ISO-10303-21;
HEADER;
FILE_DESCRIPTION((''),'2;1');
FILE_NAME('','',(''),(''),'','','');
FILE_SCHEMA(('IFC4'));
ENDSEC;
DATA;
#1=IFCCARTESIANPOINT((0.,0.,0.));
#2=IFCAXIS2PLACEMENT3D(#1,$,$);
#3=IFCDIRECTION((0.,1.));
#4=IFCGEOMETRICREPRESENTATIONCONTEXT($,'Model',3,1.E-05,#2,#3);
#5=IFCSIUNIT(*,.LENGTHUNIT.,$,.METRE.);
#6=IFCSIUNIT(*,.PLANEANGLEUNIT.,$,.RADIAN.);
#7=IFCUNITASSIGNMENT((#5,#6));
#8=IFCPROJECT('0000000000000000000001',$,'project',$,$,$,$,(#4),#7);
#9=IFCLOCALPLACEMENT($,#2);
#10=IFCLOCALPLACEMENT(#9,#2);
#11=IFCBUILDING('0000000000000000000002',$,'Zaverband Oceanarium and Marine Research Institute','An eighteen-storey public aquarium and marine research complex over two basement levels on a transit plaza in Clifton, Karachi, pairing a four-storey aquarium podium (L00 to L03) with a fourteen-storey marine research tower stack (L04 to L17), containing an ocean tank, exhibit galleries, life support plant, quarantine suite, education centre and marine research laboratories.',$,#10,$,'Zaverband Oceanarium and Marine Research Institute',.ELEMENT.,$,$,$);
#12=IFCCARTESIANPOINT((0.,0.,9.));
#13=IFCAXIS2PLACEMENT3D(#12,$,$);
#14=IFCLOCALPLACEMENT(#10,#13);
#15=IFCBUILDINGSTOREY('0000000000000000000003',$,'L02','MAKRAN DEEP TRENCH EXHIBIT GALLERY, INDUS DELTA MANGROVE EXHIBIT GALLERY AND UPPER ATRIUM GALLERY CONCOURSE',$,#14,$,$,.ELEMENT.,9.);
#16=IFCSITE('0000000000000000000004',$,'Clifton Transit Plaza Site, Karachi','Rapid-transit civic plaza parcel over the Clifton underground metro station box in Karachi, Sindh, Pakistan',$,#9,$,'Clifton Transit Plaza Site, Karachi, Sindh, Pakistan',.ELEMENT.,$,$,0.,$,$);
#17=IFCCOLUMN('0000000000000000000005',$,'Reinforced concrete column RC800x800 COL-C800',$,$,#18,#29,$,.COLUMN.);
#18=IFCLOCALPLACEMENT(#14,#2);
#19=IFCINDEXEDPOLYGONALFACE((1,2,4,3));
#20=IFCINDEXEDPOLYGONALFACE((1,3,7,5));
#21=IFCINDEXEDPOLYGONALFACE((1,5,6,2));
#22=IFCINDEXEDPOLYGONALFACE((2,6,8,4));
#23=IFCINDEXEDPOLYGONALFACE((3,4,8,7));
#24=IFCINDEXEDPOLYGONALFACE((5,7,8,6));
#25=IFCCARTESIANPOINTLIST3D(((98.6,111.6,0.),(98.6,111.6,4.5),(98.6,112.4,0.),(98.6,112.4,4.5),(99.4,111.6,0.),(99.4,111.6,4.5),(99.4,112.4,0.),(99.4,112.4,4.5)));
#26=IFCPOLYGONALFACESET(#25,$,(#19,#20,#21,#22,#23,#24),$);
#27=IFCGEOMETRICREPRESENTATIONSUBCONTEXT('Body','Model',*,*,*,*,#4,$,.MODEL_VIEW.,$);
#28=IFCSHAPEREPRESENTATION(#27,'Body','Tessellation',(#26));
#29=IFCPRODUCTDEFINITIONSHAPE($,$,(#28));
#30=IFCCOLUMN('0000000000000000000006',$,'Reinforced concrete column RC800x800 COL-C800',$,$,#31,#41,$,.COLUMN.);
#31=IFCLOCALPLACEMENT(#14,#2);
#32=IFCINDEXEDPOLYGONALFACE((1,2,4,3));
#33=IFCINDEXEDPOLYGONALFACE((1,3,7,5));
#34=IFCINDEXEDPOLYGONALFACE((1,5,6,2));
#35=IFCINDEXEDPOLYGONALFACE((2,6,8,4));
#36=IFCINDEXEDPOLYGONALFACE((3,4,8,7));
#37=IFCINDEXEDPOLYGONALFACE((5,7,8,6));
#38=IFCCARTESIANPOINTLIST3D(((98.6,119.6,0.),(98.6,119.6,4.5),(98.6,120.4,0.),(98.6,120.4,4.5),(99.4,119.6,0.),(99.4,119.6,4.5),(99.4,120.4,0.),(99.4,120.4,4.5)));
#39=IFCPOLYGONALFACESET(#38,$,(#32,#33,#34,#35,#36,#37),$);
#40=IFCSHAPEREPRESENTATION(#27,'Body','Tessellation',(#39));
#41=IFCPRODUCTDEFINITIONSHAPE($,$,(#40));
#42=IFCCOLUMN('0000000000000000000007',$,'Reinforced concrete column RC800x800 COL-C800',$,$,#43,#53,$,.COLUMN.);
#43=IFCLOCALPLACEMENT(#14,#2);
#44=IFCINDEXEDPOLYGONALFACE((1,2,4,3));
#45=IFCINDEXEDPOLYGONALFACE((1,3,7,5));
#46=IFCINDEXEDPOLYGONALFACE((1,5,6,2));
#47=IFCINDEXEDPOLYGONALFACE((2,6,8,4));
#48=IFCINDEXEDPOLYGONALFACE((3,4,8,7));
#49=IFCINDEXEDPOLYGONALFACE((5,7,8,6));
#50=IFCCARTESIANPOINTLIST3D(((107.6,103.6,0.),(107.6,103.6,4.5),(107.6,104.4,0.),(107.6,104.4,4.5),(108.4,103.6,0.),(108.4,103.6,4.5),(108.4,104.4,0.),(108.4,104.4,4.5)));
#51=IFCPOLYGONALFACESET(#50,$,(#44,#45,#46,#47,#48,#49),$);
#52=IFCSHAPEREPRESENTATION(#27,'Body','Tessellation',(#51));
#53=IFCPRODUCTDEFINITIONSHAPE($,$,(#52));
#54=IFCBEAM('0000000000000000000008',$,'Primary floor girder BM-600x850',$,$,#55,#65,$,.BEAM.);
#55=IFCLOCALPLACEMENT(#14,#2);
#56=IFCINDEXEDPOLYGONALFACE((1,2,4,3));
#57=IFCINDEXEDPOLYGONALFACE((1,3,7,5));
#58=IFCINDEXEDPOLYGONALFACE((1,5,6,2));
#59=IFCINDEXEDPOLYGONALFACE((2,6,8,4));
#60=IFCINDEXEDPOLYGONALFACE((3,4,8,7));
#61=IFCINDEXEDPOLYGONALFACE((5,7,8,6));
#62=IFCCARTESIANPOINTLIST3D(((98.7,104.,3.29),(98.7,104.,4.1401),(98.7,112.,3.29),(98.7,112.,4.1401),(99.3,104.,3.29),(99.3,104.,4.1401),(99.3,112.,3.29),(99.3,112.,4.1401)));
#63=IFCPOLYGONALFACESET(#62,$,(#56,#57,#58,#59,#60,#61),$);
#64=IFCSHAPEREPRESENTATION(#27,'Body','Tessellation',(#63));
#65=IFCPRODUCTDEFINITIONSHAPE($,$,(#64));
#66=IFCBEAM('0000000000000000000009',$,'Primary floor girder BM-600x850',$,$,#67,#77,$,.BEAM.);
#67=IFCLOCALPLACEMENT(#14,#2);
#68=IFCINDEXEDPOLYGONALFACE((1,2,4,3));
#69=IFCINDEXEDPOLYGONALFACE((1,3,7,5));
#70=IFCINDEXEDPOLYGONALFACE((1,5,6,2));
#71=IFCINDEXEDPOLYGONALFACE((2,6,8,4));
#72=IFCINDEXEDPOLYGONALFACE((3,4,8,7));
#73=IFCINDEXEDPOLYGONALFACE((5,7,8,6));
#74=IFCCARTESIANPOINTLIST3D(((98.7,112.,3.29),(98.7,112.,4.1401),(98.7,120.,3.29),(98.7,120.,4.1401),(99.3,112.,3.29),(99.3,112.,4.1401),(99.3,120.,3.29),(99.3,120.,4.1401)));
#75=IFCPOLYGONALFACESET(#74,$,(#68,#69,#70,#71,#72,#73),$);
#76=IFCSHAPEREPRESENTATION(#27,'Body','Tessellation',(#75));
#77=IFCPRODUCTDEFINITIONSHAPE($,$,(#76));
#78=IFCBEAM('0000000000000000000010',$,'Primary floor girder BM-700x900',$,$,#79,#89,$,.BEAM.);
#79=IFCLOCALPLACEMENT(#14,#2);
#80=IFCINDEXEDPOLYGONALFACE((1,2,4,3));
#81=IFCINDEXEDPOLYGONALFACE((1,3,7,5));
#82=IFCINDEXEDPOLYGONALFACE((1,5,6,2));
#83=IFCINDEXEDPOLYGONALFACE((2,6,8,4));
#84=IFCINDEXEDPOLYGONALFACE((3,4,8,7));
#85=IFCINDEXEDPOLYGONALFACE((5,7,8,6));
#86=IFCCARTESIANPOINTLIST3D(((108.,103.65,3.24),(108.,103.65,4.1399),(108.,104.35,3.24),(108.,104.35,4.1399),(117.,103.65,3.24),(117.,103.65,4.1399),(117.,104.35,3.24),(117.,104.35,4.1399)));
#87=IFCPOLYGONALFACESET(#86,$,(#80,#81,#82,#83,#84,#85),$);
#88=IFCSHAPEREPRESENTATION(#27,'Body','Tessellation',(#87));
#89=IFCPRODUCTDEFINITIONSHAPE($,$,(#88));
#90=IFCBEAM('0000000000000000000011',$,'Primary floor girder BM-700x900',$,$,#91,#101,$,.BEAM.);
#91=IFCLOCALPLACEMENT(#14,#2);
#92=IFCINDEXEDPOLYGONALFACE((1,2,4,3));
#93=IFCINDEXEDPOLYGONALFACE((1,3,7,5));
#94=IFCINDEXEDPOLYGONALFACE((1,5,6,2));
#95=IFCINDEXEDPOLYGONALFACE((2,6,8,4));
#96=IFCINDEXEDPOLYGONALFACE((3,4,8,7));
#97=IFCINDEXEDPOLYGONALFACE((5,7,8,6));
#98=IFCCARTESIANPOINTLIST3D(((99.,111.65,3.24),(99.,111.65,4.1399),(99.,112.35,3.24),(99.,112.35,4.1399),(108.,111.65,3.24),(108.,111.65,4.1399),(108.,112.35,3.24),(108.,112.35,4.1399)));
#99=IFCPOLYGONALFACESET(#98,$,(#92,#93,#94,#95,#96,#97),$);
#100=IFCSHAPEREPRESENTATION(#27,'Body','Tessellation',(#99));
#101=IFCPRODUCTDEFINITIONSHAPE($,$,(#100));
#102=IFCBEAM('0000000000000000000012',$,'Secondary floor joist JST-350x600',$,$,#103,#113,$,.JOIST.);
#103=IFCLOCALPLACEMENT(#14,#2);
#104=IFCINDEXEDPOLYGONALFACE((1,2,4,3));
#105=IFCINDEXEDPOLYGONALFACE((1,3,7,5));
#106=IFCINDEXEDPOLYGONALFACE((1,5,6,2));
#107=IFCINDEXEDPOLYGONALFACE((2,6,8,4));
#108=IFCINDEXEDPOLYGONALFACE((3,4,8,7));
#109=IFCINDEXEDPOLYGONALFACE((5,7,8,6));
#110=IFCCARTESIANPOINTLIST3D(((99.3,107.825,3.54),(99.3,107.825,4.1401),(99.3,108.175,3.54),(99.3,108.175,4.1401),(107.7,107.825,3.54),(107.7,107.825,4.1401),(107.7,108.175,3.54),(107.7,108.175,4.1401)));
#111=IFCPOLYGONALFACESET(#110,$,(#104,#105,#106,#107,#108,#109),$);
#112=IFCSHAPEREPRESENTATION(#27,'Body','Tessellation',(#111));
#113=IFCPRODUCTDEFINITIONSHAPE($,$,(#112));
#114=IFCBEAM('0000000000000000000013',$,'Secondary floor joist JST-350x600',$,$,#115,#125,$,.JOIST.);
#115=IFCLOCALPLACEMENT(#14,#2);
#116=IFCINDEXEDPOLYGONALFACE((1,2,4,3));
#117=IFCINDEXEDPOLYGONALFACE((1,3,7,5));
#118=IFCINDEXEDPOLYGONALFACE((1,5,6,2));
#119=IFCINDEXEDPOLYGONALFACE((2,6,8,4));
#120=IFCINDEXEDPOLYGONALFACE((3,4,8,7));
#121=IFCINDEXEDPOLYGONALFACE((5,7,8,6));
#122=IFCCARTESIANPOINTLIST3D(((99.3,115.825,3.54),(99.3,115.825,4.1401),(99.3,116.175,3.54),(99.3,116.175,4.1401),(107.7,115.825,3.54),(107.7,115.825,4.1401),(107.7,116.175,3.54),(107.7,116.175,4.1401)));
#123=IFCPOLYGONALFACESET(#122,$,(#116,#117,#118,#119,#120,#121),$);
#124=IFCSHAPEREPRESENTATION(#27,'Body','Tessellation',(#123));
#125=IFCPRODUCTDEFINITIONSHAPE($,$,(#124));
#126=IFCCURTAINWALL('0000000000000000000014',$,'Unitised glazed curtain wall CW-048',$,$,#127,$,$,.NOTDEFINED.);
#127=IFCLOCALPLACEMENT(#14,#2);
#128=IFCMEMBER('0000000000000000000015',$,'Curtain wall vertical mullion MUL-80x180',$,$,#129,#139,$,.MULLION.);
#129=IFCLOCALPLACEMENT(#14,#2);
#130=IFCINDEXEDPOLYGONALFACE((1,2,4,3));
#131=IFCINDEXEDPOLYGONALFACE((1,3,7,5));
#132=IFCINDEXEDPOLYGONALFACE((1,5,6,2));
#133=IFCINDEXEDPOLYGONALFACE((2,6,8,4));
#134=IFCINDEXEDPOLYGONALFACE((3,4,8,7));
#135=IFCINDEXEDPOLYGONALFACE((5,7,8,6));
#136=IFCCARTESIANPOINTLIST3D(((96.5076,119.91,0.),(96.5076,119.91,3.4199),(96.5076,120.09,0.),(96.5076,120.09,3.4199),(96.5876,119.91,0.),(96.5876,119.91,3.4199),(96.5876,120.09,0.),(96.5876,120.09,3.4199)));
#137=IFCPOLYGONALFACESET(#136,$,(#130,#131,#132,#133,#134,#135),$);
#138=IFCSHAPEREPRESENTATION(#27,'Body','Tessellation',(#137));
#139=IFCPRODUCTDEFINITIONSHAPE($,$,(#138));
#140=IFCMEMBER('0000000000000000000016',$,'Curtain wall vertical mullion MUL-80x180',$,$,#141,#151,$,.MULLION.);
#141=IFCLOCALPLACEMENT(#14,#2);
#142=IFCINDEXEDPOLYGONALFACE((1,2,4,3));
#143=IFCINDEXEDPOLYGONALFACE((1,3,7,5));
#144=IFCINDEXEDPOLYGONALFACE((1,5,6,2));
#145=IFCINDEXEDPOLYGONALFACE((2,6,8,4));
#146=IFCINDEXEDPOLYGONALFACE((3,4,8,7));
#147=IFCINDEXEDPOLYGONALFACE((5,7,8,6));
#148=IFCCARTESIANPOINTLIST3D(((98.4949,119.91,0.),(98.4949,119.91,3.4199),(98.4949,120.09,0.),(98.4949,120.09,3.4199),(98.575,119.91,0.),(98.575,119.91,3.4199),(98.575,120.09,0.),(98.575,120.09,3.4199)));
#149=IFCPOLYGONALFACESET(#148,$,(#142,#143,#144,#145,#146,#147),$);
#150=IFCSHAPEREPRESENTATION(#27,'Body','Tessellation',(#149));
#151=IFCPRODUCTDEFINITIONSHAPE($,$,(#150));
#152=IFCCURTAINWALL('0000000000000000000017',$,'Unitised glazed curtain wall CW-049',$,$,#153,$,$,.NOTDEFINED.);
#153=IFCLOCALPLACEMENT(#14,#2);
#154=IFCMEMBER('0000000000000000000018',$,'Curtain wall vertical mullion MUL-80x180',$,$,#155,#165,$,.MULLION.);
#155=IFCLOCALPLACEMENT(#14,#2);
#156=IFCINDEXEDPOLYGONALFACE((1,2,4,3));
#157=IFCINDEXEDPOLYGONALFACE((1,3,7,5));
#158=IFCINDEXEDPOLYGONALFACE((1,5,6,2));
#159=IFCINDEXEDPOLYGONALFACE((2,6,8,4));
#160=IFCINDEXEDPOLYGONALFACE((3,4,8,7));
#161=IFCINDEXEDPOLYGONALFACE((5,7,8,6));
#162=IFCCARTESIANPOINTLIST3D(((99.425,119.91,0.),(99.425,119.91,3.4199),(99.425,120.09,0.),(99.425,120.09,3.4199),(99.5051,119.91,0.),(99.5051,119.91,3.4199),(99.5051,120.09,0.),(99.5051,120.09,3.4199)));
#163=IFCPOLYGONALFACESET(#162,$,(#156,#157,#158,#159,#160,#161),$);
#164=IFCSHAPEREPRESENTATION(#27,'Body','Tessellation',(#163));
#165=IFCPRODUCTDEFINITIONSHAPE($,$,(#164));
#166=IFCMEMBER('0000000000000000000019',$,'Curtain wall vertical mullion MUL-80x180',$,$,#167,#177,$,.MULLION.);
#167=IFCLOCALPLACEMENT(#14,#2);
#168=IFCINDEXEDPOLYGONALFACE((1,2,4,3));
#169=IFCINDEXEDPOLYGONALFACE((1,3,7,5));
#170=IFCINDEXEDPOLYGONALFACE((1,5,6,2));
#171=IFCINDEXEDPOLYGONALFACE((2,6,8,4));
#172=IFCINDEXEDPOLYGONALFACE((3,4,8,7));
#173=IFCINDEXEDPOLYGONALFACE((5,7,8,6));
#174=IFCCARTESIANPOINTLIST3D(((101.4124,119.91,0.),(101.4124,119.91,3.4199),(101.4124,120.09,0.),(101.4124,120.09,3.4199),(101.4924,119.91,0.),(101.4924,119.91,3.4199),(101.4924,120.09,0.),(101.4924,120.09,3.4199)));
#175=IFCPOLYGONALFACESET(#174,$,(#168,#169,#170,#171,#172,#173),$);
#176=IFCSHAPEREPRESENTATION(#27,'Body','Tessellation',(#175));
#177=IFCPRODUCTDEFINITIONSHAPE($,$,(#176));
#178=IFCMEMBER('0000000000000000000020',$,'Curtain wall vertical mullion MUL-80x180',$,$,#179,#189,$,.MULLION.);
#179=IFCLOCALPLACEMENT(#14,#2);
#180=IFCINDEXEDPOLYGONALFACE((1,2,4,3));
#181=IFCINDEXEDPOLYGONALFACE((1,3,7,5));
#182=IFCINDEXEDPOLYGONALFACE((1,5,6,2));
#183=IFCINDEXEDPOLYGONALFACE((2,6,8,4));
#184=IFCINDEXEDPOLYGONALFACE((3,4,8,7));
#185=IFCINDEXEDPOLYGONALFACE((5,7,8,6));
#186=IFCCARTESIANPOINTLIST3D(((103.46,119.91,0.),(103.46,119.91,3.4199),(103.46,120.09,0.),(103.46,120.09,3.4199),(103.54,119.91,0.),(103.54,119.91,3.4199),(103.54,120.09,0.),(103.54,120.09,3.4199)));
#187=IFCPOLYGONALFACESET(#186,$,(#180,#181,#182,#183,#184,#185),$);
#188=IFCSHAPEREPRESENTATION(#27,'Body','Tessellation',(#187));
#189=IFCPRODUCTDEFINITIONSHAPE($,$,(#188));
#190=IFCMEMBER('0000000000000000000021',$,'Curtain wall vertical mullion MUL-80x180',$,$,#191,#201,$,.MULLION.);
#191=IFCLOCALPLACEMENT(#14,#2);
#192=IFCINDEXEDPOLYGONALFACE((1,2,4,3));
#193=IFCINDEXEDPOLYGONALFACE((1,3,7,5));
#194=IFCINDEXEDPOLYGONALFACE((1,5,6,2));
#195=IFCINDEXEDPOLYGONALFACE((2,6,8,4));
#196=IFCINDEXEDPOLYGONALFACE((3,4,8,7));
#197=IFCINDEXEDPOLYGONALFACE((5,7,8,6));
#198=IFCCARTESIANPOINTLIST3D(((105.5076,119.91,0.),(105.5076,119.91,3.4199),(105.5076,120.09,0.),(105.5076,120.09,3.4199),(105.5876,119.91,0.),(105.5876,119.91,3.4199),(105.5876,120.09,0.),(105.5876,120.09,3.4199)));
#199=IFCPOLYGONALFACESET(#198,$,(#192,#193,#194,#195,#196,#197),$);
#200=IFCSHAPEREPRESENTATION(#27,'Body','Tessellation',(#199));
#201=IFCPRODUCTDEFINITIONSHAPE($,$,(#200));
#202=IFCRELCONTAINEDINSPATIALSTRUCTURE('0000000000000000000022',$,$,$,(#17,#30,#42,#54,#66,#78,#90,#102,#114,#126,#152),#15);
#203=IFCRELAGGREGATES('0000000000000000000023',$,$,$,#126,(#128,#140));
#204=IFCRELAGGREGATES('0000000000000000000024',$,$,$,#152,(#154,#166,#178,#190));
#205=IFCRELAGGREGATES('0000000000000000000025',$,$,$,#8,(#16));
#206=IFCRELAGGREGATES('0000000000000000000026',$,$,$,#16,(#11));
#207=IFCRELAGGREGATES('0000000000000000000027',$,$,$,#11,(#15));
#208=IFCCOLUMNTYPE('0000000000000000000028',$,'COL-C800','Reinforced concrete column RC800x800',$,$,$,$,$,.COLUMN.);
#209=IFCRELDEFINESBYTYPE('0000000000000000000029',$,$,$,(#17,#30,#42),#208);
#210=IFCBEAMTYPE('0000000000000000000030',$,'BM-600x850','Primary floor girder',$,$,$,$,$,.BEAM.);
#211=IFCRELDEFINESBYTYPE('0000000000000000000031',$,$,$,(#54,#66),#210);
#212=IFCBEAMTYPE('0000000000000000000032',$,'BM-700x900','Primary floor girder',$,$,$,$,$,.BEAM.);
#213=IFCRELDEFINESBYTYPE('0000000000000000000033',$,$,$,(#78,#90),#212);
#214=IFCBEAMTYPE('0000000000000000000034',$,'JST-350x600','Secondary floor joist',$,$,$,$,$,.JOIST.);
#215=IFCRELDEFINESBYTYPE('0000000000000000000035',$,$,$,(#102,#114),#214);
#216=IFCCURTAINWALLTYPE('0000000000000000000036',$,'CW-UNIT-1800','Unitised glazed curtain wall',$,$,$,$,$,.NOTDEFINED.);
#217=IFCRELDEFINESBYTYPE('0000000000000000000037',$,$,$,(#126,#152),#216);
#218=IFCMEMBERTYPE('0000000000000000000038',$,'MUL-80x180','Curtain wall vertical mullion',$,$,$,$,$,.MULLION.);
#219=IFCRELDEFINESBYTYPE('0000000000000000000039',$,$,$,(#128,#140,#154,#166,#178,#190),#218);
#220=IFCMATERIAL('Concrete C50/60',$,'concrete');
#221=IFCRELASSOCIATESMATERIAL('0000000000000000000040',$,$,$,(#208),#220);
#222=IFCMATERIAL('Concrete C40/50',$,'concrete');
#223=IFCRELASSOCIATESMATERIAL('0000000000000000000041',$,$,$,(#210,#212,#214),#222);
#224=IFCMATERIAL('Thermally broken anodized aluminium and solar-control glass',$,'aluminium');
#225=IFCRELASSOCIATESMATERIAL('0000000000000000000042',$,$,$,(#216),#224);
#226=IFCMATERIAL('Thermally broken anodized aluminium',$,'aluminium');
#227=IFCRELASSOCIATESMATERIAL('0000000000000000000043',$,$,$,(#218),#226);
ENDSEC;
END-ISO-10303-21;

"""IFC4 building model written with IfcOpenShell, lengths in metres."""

from ifc_helpers import new_model, si_unit, direction, frame, origin, origin_2d, place, context, subcontext, project, spatial, rectangle, extrude, material, material_profile, profile_set, type_object, element, aggregate, save


model = new_model("IFC4")

# Units and contexts
model_context = context("Model", 3, precision=1e-05, world=origin(), true_north=direction((0.0, 1.0)))
body_context = subcontext(model_context, "Body", "Model", "MODEL_VIEW")
ifc_project = project(units=[si_unit("LENGTHUNIT", "METRE"), si_unit("PLANEANGLEUNIT", "RADIAN")], contexts=[model_context])

# Site, building, storey
site_placement = place(None, origin())
site = spatial("IfcSite", under=ifc_project, at=site_placement, Name="Clifton Transit Plaza Site, Karachi", Description="Rapid-transit civic plaza parcel over the Clifton underground metro station box in Karachi, Sindh, Pakistan", LongName="Clifton Transit Plaza Site, Karachi, Sindh, Pakistan", CompositionType="ELEMENT", RefElevation=0.0)
building_placement = place(site_placement, origin())
building = spatial("IfcBuilding", under=site, at=building_placement, Name="Zaverband Oceanarium and Marine Research Institute", Description="An eighteen-storey public aquarium and marine research complex over two basement levels on a transit plaza in Clifton, Karachi, pairing a four-storey aquarium podium (L00 to L03) with a fourteen-storey marine research tower stack (L04 to L17), containing an ocean tank, exhibit galleries, life support plant, quarantine suite, education centre and marine research laboratories.", LongName="Zaverband Oceanarium and Marine Research Institute", CompositionType="ELEMENT")
storey_placement = place(building_placement, frame((0.0, 0.0, 9.0)))
storey = spatial("IfcBuildingStorey", under=building, at=storey_placement, Name="L02", Description="MAKRAN DEEP TRENCH EXHIBIT GALLERY, INDUS DELTA MANGROVE EXHIBIT GALLERY AND UPPER ATRIUM GALLERY CONCOURSE", CompositionType="ELEMENT", Elevation=9.0)

# Columns
ifc_material_1 = material(Name="Concrete C50/60", Category="concrete")
ifc_material_profile_1 = material_profile(ifc_material_1, rectangle(XDim=0.8, YDim=0.8, at=origin_2d()), Name="RC800x800")
ifc_profile_set_1 = profile_set([ifc_material_profile_1], Name="Concrete C50/60")
column_type = type_object("IfcColumnType", Name="COL-C800", Description="Reinforced concrete column RC800x800", PredefinedType="COLUMN", material=ifc_profile_set_1)
for number, where, z_axis, x_axis, name in (
    (1, (99.0, 112.0, 0.0), (0.0, 0.0, 1.0), (1.0, 0.0, 0.0), "Reinforced concrete column RC800x800 COL-C800"),
    (2, (99.0, 120.0, 0.0), (0.0, 0.0, 1.0), (1.0, 0.0, 0.0), "Reinforced concrete column RC800x800 COL-C800"),
    (3, (108.0, 104.0, 0.0), (0.0, 0.0, 1.0), (1.0, 0.0, 0.0), "Reinforced concrete column RC800x800 COL-C800"),
):
    element("IfcColumn", number, at=place(storey_placement, frame(where, z_axis=z_axis, x_axis=x_axis)), inside=storey, type_object=column_type, Name=name, PredefinedType="COLUMN", context=body_context, shape_type="SweptSolid", body=[
        extrude(rectangle(XDim=0.8, YDim=0.8, at=origin_2d()), origin(), (0.0, 0.0, 1.0), 4.5),
    ])

# Beams
ifc_material_2 = material(Name="Concrete C40/50", Category="concrete")
ifc_material_profile_2 = material_profile(ifc_material_2, rectangle(XDim=0.6001, YDim=0.8501, at=origin_2d()), Name="RC600x850")
ifc_profile_set_2 = profile_set([ifc_material_profile_2], Name="Concrete C40/50")
beam_type_1 = type_object("IfcBeamType", Name="BM-600x850", Description="Primary floor girder", PredefinedType="BEAM", material=ifc_profile_set_2)
for number, where, z_axis, x_axis, name in (
    (4, (99.0, 104.0, 3.7151), (0.0, 1.0, 0.0), (-1.0, 0.0, 0.0), "Primary floor girder BM-600x850"),
    (5, (99.0, 112.0, 3.7151), (0.0, 1.0, 0.0), (-1.0, 0.0, 0.0), "Primary floor girder BM-600x850"),
):
    element("IfcBeam", number, at=place(storey_placement, frame(where, z_axis=z_axis, x_axis=x_axis)), inside=storey, type_object=beam_type_1, Name=name, PredefinedType="BEAM", context=body_context, shape_type="SweptSolid", body=[
        extrude(rectangle(XDim=0.6001, YDim=0.8501, at=origin_2d()), origin(), (0.0, 0.0, 1.0), 8.0),
    ])
ifc_material_profile_3 = material_profile(ifc_material_2, rectangle(XDim=0.7, YDim=0.8999, at=origin_2d()), Name="RC700x900")
ifc_profile_set_3 = profile_set([ifc_material_profile_3], Name="Concrete C40/50")
beam_type_2 = type_object("IfcBeamType", Name="BM-700x900", Description="Primary floor girder", PredefinedType="BEAM", material=ifc_profile_set_3)
for number, where, z_axis, x_axis, name in (
    (6, (108.0, 104.0, 3.6899), (1.0, 0.0, 0.0), (0.0, 1.0, 0.0), "Primary floor girder BM-700x900"),
    (7, (99.0, 112.0, 3.6899), (1.0, 0.0, 0.0), (0.0, 1.0, 0.0), "Primary floor girder BM-700x900"),
):
    element("IfcBeam", number, at=place(storey_placement, frame(where, z_axis=z_axis, x_axis=x_axis)), inside=storey, type_object=beam_type_2, Name=name, PredefinedType="BEAM", context=body_context, shape_type="SweptSolid", body=[
        extrude(rectangle(XDim=0.7, YDim=0.8999, at=origin_2d()), origin(), (0.0, 0.0, 1.0), 9.0),
    ])
ifc_material_profile_4 = material_profile(ifc_material_2, rectangle(XDim=0.3501, YDim=0.6001, at=origin_2d()), Name="RC350x600")
ifc_profile_set_4 = profile_set([ifc_material_profile_4], Name="Concrete C40/50")
beam_type_3 = type_object("IfcBeamType", Name="JST-350x600", Description="Secondary floor joist", PredefinedType="JOIST", material=ifc_profile_set_4)
for number, where, z_axis, x_axis, name in (
    (8, (99.3, 108.0, 3.8401), (1.0, 0.0, 0.0), (0.0, 1.0, 0.0), "Secondary floor joist JST-350x600"),
    (9, (99.3, 116.0, 3.8401), (1.0, 0.0, 0.0), (0.0, 1.0, 0.0), "Secondary floor joist JST-350x600"),
):
    element("IfcBeam", number, at=place(storey_placement, frame(where, z_axis=z_axis, x_axis=x_axis)), inside=storey, type_object=beam_type_3, Name=name, PredefinedType="JOIST", context=body_context, shape_type="SweptSolid", body=[
        extrude(rectangle(XDim=0.3501, YDim=0.6001, at=origin_2d()), origin(), (0.0, 0.0, 1.0), 8.3999),
    ])

# Curtain walls, members
ifc_material_3 = material(Name="Thermally broken anodized aluminium and solar-control glass", Category="aluminium")
curtain_wall_type = type_object("IfcCurtainWallType", Name="CW-UNIT-1800", Description="Unitised glazed curtain wall", PredefinedType="NOTDEFINED", material=ifc_material_3)
curtain_wall_1_placement = place(storey_placement, origin())
curtain_wall_1 = element("IfcCurtainWall", 10, at=curtain_wall_1_placement, inside=storey, type_object=curtain_wall_type, Name="Unitised glazed curtain wall CW-048", PredefinedType="NOTDEFINED")
ifc_material_4 = material(Name="Thermally broken anodized aluminium", Category="aluminium")
ifc_material_profile_5 = material_profile(ifc_material_4, rectangle(XDim=0.0801, YDim=0.1799, at=origin_2d()), Name="AL-MUL-80x180")
ifc_profile_set_5 = profile_set([ifc_material_profile_5], Name="Thermally broken anodized aluminium")
member_type_1 = type_object("IfcMemberType", Name="MUL-80x180", Description="Curtain wall vertical mullion", PredefinedType="MULLION", material=ifc_profile_set_5)
member_1_placement = place(storey_placement, frame((96.5476, 120.0, 0.0), z_axis=(0.0, 0.0, 1.0), x_axis=(1.0, 0.0, 0.0)))
member_1 = element("IfcMember", 11, at=member_1_placement, type_object=member_type_1, Name="Curtain wall vertical mullion MUL-80x180", PredefinedType="MULLION", context=body_context, shape_type="SweptSolid", body=[
    extrude(rectangle(XDim=0.0801, YDim=0.1799, at=origin_2d()), origin(), (0.0, 0.0, 1.0), 3.4199),
])
member_2_placement = place(storey_placement, frame((98.5349, 120.0, 0.0), z_axis=(0.0, 0.0, 1.0), x_axis=(1.0, 0.0, 0.0)))
member_2 = element("IfcMember", 12, at=member_2_placement, type_object=member_type_1, Name="Curtain wall vertical mullion MUL-80x180", PredefinedType="MULLION", context=body_context, shape_type="SweptSolid", body=[
    extrude(rectangle(XDim=0.0801, YDim=0.1799, at=origin_2d()), origin(), (0.0, 0.0, 1.0), 3.4199),
])
curtain_wall_2_placement = place(storey_placement, origin())
curtain_wall_2 = element("IfcCurtainWall", 13, at=curtain_wall_2_placement, inside=storey, type_object=curtain_wall_type, Name="Unitised glazed curtain wall CW-049", PredefinedType="NOTDEFINED")
member_3_placement = place(storey_placement, frame((99.4651, 120.0, 0.0), z_axis=(0.0, 0.0, 1.0), x_axis=(1.0, 0.0, 0.0)))
member_3 = element("IfcMember", 14, at=member_3_placement, type_object=member_type_1, Name="Curtain wall vertical mullion MUL-80x180", PredefinedType="MULLION", context=body_context, shape_type="SweptSolid", body=[
    extrude(rectangle(XDim=0.0801, YDim=0.1799, at=origin_2d()), origin(), (0.0, 0.0, 1.0), 3.4199),
])
member_4_placement = place(storey_placement, frame((101.4524, 120.0, 0.0), z_axis=(0.0, 0.0, 1.0), x_axis=(1.0, 0.0, 0.0)))
member_4 = element("IfcMember", 15, at=member_4_placement, type_object=member_type_1, Name="Curtain wall vertical mullion MUL-80x180", PredefinedType="MULLION", context=body_context, shape_type="SweptSolid", body=[
    extrude(rectangle(XDim=0.0801, YDim=0.1799, at=origin_2d()), origin(), (0.0, 0.0, 1.0), 3.4199),
])
member_5_placement = place(storey_placement, frame((103.5, 120.0, 0.0), z_axis=(0.0, 0.0, 1.0), x_axis=(1.0, 0.0, 0.0)))
member_5 = element("IfcMember", 16, at=member_5_placement, type_object=member_type_1, Name="Curtain wall vertical mullion MUL-80x180", PredefinedType="MULLION", context=body_context, shape_type="SweptSolid", body=[
    extrude(rectangle(XDim=0.0801, YDim=0.1799, at=origin_2d()), origin(), (0.0, 0.0, 1.0), 3.4199),
])
member_6_placement = place(storey_placement, frame((105.5476, 120.0, 0.0), z_axis=(0.0, 0.0, 1.0), x_axis=(1.0, 0.0, 0.0)))
member_6 = element("IfcMember", 17, at=member_6_placement, type_object=member_type_1, Name="Curtain wall vertical mullion MUL-80x180", PredefinedType="MULLION", context=body_context, shape_type="SweptSolid", body=[
    extrude(rectangle(XDim=0.0801, YDim=0.1799, at=origin_2d()), origin(), (0.0, 0.0, 1.0), 3.4199),
])

aggregate(curtain_wall_1, [member_1, member_2])
aggregate(curtain_wall_2, [member_3, member_4, member_5, member_6])

save(model, "model.ifc")
